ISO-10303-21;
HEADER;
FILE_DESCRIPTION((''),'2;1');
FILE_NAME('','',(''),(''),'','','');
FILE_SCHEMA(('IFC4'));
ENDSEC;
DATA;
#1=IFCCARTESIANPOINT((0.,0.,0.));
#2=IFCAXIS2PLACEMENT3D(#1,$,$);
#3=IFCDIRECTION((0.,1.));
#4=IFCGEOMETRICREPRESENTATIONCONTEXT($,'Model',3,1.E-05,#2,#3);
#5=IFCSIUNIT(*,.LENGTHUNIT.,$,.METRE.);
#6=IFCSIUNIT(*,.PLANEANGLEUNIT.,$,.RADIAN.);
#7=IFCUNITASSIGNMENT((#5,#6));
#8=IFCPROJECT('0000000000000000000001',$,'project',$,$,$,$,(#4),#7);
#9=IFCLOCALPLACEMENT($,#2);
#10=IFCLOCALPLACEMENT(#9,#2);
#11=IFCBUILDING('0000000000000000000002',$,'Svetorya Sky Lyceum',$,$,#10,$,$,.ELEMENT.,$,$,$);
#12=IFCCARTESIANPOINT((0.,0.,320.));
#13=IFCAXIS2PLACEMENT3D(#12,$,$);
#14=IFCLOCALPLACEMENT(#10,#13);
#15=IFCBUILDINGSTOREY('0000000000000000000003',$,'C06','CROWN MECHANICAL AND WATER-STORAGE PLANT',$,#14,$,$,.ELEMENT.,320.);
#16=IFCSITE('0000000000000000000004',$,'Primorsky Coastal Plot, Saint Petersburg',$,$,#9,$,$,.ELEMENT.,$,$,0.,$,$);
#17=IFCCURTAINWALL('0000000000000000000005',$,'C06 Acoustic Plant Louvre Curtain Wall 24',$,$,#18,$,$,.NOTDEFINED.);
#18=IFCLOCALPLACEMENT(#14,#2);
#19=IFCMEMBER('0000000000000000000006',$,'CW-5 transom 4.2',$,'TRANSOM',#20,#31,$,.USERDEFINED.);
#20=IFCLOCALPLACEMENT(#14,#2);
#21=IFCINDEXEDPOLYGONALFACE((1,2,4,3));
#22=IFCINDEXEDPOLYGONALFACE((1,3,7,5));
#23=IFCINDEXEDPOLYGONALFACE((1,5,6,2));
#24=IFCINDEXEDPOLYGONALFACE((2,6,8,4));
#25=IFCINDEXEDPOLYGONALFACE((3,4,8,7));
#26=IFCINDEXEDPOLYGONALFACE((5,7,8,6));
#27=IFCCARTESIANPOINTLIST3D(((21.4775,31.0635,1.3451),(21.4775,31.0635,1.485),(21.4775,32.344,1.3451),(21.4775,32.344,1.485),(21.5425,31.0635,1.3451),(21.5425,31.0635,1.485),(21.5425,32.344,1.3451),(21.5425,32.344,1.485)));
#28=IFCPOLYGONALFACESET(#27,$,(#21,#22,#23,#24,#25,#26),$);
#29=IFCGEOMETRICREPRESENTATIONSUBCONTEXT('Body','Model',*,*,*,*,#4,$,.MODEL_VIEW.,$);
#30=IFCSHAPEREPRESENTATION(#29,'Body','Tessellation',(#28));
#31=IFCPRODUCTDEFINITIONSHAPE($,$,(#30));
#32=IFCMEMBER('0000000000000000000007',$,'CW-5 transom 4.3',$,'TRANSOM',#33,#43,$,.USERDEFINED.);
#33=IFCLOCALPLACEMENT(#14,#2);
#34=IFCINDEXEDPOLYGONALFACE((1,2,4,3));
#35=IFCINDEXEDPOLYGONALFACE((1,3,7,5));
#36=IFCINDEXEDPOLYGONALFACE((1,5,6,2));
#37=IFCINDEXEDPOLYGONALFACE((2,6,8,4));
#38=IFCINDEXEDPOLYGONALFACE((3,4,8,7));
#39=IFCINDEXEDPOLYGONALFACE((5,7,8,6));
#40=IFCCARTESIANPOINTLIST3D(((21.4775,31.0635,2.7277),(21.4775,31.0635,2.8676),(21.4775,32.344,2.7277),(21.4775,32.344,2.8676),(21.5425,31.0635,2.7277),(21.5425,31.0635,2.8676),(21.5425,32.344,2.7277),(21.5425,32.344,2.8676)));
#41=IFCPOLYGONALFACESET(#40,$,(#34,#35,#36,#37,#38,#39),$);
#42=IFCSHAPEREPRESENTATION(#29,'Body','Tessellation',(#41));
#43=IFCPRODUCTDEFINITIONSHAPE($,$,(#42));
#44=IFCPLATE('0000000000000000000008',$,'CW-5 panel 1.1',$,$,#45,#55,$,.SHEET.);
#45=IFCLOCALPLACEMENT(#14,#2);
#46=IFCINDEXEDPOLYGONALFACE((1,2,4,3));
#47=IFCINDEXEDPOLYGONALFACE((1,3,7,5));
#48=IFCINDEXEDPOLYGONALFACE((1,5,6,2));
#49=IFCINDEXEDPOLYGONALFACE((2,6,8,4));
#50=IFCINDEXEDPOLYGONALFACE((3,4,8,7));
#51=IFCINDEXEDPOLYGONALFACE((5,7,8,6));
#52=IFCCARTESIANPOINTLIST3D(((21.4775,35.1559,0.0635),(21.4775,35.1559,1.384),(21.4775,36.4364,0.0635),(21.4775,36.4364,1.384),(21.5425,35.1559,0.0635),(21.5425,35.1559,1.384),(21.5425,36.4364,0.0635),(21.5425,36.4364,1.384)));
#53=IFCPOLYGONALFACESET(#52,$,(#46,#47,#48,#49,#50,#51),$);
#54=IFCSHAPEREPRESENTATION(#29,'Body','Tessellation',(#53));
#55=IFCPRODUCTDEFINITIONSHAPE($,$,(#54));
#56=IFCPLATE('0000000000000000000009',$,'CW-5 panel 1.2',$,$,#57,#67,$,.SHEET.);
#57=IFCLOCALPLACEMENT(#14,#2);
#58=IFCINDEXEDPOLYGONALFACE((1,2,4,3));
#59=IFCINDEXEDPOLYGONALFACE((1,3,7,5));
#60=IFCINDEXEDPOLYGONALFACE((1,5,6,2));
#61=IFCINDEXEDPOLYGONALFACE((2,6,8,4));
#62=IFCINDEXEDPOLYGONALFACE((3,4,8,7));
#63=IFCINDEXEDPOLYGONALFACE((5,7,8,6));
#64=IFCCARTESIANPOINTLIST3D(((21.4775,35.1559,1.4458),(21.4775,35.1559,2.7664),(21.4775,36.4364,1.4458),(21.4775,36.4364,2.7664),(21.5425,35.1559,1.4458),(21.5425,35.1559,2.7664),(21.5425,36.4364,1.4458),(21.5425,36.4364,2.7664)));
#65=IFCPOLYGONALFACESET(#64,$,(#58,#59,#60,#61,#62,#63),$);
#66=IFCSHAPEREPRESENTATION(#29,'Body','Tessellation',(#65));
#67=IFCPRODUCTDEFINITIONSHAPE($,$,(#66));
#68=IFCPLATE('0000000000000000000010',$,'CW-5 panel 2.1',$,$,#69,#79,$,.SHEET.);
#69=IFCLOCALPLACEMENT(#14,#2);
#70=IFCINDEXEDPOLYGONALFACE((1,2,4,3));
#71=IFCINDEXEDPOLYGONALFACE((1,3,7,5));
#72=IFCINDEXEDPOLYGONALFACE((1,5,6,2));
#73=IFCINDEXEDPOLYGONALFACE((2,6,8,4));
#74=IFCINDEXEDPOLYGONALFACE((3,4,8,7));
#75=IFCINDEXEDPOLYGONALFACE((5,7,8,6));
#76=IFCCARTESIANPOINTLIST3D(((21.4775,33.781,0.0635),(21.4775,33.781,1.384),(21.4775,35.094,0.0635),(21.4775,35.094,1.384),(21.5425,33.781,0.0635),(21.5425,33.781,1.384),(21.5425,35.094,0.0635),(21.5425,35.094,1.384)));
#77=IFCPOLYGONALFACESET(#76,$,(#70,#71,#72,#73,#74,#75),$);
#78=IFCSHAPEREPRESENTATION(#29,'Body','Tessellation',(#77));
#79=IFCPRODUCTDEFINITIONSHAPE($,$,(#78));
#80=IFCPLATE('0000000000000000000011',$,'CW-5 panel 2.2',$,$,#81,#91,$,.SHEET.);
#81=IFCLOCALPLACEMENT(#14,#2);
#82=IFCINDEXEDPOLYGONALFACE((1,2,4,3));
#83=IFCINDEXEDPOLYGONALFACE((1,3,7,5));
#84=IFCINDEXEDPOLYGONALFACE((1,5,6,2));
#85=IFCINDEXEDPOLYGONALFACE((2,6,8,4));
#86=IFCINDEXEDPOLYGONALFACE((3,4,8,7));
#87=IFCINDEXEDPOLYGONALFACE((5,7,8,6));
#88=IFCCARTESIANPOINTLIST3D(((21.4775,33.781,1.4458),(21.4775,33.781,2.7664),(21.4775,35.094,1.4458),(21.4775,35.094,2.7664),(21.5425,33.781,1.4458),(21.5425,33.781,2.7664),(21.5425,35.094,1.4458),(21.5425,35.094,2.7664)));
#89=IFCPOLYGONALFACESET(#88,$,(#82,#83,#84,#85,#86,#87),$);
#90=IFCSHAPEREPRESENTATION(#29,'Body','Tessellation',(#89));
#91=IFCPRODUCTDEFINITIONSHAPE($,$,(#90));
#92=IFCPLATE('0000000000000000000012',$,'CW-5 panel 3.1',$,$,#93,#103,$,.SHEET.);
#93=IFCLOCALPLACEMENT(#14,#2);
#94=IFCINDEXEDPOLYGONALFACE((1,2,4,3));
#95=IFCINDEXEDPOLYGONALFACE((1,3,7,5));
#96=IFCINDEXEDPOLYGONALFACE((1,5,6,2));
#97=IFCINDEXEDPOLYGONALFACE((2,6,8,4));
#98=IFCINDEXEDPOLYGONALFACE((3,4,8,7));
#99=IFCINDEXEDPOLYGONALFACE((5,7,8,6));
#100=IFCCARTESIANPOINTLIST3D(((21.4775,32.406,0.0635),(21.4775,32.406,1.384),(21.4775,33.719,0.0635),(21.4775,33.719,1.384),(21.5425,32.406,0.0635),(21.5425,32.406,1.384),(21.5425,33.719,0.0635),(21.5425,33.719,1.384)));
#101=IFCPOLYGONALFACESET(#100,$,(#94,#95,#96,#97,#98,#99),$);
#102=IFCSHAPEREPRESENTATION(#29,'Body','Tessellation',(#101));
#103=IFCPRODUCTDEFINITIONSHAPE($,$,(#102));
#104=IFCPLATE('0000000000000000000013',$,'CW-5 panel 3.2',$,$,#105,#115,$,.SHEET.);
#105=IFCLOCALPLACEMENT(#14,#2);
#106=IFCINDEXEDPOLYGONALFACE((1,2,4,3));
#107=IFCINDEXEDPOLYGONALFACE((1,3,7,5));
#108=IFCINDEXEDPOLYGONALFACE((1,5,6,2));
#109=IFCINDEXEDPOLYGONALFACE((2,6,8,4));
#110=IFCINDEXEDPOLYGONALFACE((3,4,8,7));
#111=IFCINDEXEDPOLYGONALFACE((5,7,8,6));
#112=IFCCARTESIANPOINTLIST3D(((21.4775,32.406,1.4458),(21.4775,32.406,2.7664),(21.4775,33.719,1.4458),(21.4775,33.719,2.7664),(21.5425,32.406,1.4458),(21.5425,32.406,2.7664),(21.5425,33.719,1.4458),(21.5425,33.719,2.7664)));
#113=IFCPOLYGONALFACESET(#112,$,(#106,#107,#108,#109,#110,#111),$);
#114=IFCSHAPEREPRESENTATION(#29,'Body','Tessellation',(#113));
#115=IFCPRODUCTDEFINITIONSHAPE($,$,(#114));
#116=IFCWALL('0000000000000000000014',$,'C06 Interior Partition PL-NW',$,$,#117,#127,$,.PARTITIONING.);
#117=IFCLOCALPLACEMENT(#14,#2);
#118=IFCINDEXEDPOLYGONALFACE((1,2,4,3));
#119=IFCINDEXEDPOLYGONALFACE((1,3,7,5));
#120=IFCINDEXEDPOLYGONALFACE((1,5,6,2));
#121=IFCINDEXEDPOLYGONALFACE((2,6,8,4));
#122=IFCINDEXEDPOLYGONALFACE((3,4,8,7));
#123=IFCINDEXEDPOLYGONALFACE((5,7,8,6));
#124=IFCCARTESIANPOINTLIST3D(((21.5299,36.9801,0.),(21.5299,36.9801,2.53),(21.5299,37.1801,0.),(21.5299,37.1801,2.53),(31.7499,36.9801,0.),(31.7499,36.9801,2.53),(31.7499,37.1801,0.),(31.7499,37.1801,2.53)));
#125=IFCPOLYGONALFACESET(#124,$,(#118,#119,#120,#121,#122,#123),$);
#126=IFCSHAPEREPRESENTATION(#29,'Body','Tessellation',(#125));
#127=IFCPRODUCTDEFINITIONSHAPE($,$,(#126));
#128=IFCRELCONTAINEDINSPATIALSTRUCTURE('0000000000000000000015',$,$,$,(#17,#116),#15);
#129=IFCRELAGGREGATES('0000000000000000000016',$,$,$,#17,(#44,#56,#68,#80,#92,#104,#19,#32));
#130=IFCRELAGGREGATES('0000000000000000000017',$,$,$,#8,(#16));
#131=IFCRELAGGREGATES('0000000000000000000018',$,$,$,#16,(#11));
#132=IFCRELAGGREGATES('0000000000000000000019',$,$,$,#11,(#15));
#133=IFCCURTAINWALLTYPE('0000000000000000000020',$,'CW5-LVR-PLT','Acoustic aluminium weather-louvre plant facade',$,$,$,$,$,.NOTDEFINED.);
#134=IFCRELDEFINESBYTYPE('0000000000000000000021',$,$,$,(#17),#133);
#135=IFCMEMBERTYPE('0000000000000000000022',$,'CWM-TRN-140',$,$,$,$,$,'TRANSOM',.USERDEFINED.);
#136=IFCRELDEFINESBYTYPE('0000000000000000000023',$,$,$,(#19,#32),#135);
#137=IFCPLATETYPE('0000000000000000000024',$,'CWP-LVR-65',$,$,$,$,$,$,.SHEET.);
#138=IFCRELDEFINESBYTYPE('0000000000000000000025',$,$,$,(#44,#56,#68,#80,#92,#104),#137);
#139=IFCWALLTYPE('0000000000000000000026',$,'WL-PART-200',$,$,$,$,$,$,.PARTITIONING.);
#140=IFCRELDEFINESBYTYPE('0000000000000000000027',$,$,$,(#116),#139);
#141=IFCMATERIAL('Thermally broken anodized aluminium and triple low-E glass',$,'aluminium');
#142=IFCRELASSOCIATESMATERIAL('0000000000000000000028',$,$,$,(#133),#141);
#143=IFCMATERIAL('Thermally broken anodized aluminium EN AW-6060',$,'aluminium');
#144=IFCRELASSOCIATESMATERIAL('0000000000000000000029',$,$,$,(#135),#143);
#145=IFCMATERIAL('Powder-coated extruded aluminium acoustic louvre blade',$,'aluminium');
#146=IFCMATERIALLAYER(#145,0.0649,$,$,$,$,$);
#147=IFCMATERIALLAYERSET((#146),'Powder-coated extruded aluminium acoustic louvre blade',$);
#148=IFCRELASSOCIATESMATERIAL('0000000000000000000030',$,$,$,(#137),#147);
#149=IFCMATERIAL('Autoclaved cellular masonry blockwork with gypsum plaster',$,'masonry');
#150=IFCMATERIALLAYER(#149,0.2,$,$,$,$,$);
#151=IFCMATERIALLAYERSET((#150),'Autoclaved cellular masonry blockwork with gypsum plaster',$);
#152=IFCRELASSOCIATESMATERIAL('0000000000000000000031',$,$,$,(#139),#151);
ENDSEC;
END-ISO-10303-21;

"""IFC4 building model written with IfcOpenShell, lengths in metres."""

from ifc_helpers import new_model, si_unit, direction, frame, frame_2d, origin, origin_2d, place, context, subcontext, project, spatial, rectangle, extrude, material, layer, layer_set, material_profile, profile_set, type_object, element, aggregate, save


model = new_model("IFC4")

# Units and contexts
model_context = context("Model", 3, precision=1e-05, world=origin(), true_north=direction((0.0, 1.0)))
body_context = subcontext(model_context, "Body", "Model", "MODEL_VIEW")
ifc_project = project(units=[si_unit("LENGTHUNIT", "METRE"), si_unit("PLANEANGLEUNIT", "RADIAN")], contexts=[model_context])

# Site, building, storey
site_placement = place(None, origin())
site = spatial("IfcSite", under=ifc_project, at=site_placement, Name="Primorsky Coastal Plot, Saint Petersburg", CompositionType="ELEMENT", RefElevation=0.0)
building_placement = place(site_placement, origin())
building = spatial("IfcBuilding", under=site, at=building_placement, Name="Svetorya Sky Lyceum", CompositionType="ELEMENT")
storey_placement = place(building_placement, frame((0.0, 0.0, 320.0)))
storey = spatial("IfcBuildingStorey", under=building, at=storey_placement, Name="C06", Description="CROWN MECHANICAL AND WATER-STORAGE PLANT", CompositionType="ELEMENT", Elevation=320.0)

# Curtain wall, members, plates
ifc_material_1 = material(Name="Thermally broken anodized aluminium and triple low-E glass", Category="aluminium")
curtain_wall_type = type_object("IfcCurtainWallType", Name="CW5-LVR-PLT", Description="Acoustic aluminium weather-louvre plant facade", PredefinedType="NOTDEFINED", material=ifc_material_1)
curtain_wall_placement = place(storey_placement, origin())
curtain_wall = element("IfcCurtainWall", 1, at=curtain_wall_placement, inside=storey, type_object=curtain_wall_type, Name="C06 Acoustic Plant Louvre Curtain Wall 24", PredefinedType="NOTDEFINED")
ifc_material_2 = material(Name="Thermally broken anodized aluminium EN AW-6060", Category="aluminium")
ifc_material_profile_1 = material_profile(ifc_material_2, rectangle(XDim=0.0649, YDim=0.1399, at=origin_2d()), Name="ALU TRANSOM 65x140")
ifc_profile_set_1 = profile_set([ifc_material_profile_1], Name="Thermally broken anodized aluminium EN AW-6060")
member_type_1 = type_object("IfcMemberType", Name="CWM-TRN-140", ElementType="TRANSOM", PredefinedType="USERDEFINED", material=ifc_profile_set_1)
member_1_placement = place(storey_placement, frame((21.51, 32.344, 1.415), z_axis=(0.0, -1.0, 0.0), x_axis=(1.0, 0.0, 0.0)))
member_1 = element("IfcMember", 2, at=member_1_placement, type_object=member_type_1, Name="CW-5 transom 4.2", ObjectType="TRANSOM", PredefinedType="USERDEFINED", context=body_context, shape_type="SweptSolid", body=[
    extrude(rectangle(XDim=0.0649, YDim=0.1399, at=origin_2d()), origin(), (0.0, 0.0, 1.0), 1.2805),
])
member_2_placement = place(storey_placement, frame((21.51, 32.344, 2.7976), z_axis=(0.0, -1.0, 0.0), x_axis=(1.0, 0.0, 0.0)))
member_2 = element("IfcMember", 3, at=member_2_placement, type_object=member_type_1, Name="CW-5 transom 4.3", ObjectType="TRANSOM", PredefinedType="USERDEFINED", context=body_context, shape_type="SweptSolid", body=[
    extrude(rectangle(XDim=0.0649, YDim=0.1399, at=origin_2d()), origin(), (0.0, 0.0, 1.0), 1.2805),
])
ifc_material_3 = material(Name="Powder-coated extruded aluminium acoustic louvre blade", Category="aluminium")
ifc_layer_1 = layer(ifc_material_3, 0.0649)
ifc_layer_set_1 = layer_set([ifc_layer_1], Name="Powder-coated extruded aluminium acoustic louvre blade")
plate_type = type_object("IfcPlateType", Name="CWP-LVR-65", PredefinedType="SHEET", material=ifc_layer_set_1)
plate_1_placement = place(storey_placement, frame((21.51, 35.7961, 0.0635), z_axis=(0.0, 0.0, 1.0), x_axis=(0.0, -1.0, 0.0)))
plate_1 = element("IfcPlate", 4, at=plate_1_placement, type_object=plate_type, Name="CW-5 panel 1.1", PredefinedType="SHEET", context=body_context, shape_type="SweptSolid", body=[
    extrude(rectangle(XDim=1.2805, YDim=0.0649, at=origin_2d()), origin(), (0.0, 0.0, 1.0), 1.3206),
])
plate_2_placement = place(storey_placement, frame((21.51, 35.7961, 1.4458), z_axis=(0.0, 0.0, 1.0), x_axis=(0.0, -1.0, 0.0)))
plate_2 = element("IfcPlate", 5, at=plate_2_placement, type_object=plate_type, Name="CW-5 panel 1.2", PredefinedType="SHEET", context=body_context, shape_type="SweptSolid", body=[
    extrude(rectangle(XDim=1.2805, YDim=0.0649, at=origin_2d()), origin(), (0.0, 0.0, 1.0), 1.3206),
])
plate_3_placement = place(storey_placement, frame((21.51, 34.4375, 0.0635), z_axis=(0.0, 0.0, 1.0), x_axis=(0.0, -1.0, 0.0)))
plate_3 = element("IfcPlate", 6, at=plate_3_placement, type_object=plate_type, Name="CW-5 panel 2.1", PredefinedType="SHEET", context=body_context, shape_type="SweptSolid", body=[
    extrude(rectangle(XDim=1.313, YDim=0.0649, at=origin_2d()), origin(), (0.0, 0.0, 1.0), 1.3206),
])
plate_4_placement = place(storey_placement, frame((21.51, 34.4375, 1.4458), z_axis=(0.0, 0.0, 1.0), x_axis=(0.0, -1.0, 0.0)))
plate_4 = element("IfcPlate", 7, at=plate_4_placement, type_object=plate_type, Name="CW-5 panel 2.2", PredefinedType="SHEET", context=body_context, shape_type="SweptSolid", body=[
    extrude(rectangle(XDim=1.313, YDim=0.0649, at=origin_2d()), origin(), (0.0, 0.0, 1.0), 1.3206),
])
plate_5_placement = place(storey_placement, frame((21.51, 33.0625, 0.0635), z_axis=(0.0, 0.0, 1.0), x_axis=(0.0, -1.0, 0.0)))
plate_5 = element("IfcPlate", 8, at=plate_5_placement, type_object=plate_type, Name="CW-5 panel 3.1", PredefinedType="SHEET", context=body_context, shape_type="SweptSolid", body=[
    extrude(rectangle(XDim=1.313, YDim=0.0649, at=origin_2d()), origin(), (0.0, 0.0, 1.0), 1.3206),
])
plate_6_placement = place(storey_placement, frame((21.51, 33.0625, 1.4458), z_axis=(0.0, 0.0, 1.0), x_axis=(0.0, -1.0, 0.0)))
plate_6 = element("IfcPlate", 9, at=plate_6_placement, type_object=plate_type, Name="CW-5 panel 3.2", PredefinedType="SHEET", context=body_context, shape_type="SweptSolid", body=[
    extrude(rectangle(XDim=1.313, YDim=0.0649, at=origin_2d()), origin(), (0.0, 0.0, 1.0), 1.3206),
])
aggregate(curtain_wall, [plate_1, plate_2, plate_3, plate_4, plate_5, plate_6, member_1, member_2])

# Wall
ifc_material_4 = material(Name="Autoclaved cellular masonry blockwork with gypsum plaster", Category="masonry")
ifc_layer_2 = layer(ifc_material_4, 0.2)
ifc_layer_set_2 = layer_set([ifc_layer_2], Name="Autoclaved cellular masonry blockwork with gypsum plaster")
wall_type = type_object("IfcWallType", Name="WL-PART-200", PredefinedType="PARTITIONING", material=ifc_layer_set_2)
wall_placement = place(storey_placement, frame((21.53, 37.0801, 0.0), z_axis=(0.0, 0.0, 1.0), x_axis=(1.0, 0.0, 0.0)))
element("IfcWall", 10, at=wall_placement, inside=storey, type_object=wall_type, Name="C06 Interior Partition PL-NW", PredefinedType="PARTITIONING", context=body_context, shape_type="SweptSolid", body=[
    extrude(rectangle(XDim=10.22, YDim=0.2, at=frame_2d((5.1099, 0.0))), origin(), (0.0, 0.0, 1.0), 2.53),
])

save(model, "model.ifc")
